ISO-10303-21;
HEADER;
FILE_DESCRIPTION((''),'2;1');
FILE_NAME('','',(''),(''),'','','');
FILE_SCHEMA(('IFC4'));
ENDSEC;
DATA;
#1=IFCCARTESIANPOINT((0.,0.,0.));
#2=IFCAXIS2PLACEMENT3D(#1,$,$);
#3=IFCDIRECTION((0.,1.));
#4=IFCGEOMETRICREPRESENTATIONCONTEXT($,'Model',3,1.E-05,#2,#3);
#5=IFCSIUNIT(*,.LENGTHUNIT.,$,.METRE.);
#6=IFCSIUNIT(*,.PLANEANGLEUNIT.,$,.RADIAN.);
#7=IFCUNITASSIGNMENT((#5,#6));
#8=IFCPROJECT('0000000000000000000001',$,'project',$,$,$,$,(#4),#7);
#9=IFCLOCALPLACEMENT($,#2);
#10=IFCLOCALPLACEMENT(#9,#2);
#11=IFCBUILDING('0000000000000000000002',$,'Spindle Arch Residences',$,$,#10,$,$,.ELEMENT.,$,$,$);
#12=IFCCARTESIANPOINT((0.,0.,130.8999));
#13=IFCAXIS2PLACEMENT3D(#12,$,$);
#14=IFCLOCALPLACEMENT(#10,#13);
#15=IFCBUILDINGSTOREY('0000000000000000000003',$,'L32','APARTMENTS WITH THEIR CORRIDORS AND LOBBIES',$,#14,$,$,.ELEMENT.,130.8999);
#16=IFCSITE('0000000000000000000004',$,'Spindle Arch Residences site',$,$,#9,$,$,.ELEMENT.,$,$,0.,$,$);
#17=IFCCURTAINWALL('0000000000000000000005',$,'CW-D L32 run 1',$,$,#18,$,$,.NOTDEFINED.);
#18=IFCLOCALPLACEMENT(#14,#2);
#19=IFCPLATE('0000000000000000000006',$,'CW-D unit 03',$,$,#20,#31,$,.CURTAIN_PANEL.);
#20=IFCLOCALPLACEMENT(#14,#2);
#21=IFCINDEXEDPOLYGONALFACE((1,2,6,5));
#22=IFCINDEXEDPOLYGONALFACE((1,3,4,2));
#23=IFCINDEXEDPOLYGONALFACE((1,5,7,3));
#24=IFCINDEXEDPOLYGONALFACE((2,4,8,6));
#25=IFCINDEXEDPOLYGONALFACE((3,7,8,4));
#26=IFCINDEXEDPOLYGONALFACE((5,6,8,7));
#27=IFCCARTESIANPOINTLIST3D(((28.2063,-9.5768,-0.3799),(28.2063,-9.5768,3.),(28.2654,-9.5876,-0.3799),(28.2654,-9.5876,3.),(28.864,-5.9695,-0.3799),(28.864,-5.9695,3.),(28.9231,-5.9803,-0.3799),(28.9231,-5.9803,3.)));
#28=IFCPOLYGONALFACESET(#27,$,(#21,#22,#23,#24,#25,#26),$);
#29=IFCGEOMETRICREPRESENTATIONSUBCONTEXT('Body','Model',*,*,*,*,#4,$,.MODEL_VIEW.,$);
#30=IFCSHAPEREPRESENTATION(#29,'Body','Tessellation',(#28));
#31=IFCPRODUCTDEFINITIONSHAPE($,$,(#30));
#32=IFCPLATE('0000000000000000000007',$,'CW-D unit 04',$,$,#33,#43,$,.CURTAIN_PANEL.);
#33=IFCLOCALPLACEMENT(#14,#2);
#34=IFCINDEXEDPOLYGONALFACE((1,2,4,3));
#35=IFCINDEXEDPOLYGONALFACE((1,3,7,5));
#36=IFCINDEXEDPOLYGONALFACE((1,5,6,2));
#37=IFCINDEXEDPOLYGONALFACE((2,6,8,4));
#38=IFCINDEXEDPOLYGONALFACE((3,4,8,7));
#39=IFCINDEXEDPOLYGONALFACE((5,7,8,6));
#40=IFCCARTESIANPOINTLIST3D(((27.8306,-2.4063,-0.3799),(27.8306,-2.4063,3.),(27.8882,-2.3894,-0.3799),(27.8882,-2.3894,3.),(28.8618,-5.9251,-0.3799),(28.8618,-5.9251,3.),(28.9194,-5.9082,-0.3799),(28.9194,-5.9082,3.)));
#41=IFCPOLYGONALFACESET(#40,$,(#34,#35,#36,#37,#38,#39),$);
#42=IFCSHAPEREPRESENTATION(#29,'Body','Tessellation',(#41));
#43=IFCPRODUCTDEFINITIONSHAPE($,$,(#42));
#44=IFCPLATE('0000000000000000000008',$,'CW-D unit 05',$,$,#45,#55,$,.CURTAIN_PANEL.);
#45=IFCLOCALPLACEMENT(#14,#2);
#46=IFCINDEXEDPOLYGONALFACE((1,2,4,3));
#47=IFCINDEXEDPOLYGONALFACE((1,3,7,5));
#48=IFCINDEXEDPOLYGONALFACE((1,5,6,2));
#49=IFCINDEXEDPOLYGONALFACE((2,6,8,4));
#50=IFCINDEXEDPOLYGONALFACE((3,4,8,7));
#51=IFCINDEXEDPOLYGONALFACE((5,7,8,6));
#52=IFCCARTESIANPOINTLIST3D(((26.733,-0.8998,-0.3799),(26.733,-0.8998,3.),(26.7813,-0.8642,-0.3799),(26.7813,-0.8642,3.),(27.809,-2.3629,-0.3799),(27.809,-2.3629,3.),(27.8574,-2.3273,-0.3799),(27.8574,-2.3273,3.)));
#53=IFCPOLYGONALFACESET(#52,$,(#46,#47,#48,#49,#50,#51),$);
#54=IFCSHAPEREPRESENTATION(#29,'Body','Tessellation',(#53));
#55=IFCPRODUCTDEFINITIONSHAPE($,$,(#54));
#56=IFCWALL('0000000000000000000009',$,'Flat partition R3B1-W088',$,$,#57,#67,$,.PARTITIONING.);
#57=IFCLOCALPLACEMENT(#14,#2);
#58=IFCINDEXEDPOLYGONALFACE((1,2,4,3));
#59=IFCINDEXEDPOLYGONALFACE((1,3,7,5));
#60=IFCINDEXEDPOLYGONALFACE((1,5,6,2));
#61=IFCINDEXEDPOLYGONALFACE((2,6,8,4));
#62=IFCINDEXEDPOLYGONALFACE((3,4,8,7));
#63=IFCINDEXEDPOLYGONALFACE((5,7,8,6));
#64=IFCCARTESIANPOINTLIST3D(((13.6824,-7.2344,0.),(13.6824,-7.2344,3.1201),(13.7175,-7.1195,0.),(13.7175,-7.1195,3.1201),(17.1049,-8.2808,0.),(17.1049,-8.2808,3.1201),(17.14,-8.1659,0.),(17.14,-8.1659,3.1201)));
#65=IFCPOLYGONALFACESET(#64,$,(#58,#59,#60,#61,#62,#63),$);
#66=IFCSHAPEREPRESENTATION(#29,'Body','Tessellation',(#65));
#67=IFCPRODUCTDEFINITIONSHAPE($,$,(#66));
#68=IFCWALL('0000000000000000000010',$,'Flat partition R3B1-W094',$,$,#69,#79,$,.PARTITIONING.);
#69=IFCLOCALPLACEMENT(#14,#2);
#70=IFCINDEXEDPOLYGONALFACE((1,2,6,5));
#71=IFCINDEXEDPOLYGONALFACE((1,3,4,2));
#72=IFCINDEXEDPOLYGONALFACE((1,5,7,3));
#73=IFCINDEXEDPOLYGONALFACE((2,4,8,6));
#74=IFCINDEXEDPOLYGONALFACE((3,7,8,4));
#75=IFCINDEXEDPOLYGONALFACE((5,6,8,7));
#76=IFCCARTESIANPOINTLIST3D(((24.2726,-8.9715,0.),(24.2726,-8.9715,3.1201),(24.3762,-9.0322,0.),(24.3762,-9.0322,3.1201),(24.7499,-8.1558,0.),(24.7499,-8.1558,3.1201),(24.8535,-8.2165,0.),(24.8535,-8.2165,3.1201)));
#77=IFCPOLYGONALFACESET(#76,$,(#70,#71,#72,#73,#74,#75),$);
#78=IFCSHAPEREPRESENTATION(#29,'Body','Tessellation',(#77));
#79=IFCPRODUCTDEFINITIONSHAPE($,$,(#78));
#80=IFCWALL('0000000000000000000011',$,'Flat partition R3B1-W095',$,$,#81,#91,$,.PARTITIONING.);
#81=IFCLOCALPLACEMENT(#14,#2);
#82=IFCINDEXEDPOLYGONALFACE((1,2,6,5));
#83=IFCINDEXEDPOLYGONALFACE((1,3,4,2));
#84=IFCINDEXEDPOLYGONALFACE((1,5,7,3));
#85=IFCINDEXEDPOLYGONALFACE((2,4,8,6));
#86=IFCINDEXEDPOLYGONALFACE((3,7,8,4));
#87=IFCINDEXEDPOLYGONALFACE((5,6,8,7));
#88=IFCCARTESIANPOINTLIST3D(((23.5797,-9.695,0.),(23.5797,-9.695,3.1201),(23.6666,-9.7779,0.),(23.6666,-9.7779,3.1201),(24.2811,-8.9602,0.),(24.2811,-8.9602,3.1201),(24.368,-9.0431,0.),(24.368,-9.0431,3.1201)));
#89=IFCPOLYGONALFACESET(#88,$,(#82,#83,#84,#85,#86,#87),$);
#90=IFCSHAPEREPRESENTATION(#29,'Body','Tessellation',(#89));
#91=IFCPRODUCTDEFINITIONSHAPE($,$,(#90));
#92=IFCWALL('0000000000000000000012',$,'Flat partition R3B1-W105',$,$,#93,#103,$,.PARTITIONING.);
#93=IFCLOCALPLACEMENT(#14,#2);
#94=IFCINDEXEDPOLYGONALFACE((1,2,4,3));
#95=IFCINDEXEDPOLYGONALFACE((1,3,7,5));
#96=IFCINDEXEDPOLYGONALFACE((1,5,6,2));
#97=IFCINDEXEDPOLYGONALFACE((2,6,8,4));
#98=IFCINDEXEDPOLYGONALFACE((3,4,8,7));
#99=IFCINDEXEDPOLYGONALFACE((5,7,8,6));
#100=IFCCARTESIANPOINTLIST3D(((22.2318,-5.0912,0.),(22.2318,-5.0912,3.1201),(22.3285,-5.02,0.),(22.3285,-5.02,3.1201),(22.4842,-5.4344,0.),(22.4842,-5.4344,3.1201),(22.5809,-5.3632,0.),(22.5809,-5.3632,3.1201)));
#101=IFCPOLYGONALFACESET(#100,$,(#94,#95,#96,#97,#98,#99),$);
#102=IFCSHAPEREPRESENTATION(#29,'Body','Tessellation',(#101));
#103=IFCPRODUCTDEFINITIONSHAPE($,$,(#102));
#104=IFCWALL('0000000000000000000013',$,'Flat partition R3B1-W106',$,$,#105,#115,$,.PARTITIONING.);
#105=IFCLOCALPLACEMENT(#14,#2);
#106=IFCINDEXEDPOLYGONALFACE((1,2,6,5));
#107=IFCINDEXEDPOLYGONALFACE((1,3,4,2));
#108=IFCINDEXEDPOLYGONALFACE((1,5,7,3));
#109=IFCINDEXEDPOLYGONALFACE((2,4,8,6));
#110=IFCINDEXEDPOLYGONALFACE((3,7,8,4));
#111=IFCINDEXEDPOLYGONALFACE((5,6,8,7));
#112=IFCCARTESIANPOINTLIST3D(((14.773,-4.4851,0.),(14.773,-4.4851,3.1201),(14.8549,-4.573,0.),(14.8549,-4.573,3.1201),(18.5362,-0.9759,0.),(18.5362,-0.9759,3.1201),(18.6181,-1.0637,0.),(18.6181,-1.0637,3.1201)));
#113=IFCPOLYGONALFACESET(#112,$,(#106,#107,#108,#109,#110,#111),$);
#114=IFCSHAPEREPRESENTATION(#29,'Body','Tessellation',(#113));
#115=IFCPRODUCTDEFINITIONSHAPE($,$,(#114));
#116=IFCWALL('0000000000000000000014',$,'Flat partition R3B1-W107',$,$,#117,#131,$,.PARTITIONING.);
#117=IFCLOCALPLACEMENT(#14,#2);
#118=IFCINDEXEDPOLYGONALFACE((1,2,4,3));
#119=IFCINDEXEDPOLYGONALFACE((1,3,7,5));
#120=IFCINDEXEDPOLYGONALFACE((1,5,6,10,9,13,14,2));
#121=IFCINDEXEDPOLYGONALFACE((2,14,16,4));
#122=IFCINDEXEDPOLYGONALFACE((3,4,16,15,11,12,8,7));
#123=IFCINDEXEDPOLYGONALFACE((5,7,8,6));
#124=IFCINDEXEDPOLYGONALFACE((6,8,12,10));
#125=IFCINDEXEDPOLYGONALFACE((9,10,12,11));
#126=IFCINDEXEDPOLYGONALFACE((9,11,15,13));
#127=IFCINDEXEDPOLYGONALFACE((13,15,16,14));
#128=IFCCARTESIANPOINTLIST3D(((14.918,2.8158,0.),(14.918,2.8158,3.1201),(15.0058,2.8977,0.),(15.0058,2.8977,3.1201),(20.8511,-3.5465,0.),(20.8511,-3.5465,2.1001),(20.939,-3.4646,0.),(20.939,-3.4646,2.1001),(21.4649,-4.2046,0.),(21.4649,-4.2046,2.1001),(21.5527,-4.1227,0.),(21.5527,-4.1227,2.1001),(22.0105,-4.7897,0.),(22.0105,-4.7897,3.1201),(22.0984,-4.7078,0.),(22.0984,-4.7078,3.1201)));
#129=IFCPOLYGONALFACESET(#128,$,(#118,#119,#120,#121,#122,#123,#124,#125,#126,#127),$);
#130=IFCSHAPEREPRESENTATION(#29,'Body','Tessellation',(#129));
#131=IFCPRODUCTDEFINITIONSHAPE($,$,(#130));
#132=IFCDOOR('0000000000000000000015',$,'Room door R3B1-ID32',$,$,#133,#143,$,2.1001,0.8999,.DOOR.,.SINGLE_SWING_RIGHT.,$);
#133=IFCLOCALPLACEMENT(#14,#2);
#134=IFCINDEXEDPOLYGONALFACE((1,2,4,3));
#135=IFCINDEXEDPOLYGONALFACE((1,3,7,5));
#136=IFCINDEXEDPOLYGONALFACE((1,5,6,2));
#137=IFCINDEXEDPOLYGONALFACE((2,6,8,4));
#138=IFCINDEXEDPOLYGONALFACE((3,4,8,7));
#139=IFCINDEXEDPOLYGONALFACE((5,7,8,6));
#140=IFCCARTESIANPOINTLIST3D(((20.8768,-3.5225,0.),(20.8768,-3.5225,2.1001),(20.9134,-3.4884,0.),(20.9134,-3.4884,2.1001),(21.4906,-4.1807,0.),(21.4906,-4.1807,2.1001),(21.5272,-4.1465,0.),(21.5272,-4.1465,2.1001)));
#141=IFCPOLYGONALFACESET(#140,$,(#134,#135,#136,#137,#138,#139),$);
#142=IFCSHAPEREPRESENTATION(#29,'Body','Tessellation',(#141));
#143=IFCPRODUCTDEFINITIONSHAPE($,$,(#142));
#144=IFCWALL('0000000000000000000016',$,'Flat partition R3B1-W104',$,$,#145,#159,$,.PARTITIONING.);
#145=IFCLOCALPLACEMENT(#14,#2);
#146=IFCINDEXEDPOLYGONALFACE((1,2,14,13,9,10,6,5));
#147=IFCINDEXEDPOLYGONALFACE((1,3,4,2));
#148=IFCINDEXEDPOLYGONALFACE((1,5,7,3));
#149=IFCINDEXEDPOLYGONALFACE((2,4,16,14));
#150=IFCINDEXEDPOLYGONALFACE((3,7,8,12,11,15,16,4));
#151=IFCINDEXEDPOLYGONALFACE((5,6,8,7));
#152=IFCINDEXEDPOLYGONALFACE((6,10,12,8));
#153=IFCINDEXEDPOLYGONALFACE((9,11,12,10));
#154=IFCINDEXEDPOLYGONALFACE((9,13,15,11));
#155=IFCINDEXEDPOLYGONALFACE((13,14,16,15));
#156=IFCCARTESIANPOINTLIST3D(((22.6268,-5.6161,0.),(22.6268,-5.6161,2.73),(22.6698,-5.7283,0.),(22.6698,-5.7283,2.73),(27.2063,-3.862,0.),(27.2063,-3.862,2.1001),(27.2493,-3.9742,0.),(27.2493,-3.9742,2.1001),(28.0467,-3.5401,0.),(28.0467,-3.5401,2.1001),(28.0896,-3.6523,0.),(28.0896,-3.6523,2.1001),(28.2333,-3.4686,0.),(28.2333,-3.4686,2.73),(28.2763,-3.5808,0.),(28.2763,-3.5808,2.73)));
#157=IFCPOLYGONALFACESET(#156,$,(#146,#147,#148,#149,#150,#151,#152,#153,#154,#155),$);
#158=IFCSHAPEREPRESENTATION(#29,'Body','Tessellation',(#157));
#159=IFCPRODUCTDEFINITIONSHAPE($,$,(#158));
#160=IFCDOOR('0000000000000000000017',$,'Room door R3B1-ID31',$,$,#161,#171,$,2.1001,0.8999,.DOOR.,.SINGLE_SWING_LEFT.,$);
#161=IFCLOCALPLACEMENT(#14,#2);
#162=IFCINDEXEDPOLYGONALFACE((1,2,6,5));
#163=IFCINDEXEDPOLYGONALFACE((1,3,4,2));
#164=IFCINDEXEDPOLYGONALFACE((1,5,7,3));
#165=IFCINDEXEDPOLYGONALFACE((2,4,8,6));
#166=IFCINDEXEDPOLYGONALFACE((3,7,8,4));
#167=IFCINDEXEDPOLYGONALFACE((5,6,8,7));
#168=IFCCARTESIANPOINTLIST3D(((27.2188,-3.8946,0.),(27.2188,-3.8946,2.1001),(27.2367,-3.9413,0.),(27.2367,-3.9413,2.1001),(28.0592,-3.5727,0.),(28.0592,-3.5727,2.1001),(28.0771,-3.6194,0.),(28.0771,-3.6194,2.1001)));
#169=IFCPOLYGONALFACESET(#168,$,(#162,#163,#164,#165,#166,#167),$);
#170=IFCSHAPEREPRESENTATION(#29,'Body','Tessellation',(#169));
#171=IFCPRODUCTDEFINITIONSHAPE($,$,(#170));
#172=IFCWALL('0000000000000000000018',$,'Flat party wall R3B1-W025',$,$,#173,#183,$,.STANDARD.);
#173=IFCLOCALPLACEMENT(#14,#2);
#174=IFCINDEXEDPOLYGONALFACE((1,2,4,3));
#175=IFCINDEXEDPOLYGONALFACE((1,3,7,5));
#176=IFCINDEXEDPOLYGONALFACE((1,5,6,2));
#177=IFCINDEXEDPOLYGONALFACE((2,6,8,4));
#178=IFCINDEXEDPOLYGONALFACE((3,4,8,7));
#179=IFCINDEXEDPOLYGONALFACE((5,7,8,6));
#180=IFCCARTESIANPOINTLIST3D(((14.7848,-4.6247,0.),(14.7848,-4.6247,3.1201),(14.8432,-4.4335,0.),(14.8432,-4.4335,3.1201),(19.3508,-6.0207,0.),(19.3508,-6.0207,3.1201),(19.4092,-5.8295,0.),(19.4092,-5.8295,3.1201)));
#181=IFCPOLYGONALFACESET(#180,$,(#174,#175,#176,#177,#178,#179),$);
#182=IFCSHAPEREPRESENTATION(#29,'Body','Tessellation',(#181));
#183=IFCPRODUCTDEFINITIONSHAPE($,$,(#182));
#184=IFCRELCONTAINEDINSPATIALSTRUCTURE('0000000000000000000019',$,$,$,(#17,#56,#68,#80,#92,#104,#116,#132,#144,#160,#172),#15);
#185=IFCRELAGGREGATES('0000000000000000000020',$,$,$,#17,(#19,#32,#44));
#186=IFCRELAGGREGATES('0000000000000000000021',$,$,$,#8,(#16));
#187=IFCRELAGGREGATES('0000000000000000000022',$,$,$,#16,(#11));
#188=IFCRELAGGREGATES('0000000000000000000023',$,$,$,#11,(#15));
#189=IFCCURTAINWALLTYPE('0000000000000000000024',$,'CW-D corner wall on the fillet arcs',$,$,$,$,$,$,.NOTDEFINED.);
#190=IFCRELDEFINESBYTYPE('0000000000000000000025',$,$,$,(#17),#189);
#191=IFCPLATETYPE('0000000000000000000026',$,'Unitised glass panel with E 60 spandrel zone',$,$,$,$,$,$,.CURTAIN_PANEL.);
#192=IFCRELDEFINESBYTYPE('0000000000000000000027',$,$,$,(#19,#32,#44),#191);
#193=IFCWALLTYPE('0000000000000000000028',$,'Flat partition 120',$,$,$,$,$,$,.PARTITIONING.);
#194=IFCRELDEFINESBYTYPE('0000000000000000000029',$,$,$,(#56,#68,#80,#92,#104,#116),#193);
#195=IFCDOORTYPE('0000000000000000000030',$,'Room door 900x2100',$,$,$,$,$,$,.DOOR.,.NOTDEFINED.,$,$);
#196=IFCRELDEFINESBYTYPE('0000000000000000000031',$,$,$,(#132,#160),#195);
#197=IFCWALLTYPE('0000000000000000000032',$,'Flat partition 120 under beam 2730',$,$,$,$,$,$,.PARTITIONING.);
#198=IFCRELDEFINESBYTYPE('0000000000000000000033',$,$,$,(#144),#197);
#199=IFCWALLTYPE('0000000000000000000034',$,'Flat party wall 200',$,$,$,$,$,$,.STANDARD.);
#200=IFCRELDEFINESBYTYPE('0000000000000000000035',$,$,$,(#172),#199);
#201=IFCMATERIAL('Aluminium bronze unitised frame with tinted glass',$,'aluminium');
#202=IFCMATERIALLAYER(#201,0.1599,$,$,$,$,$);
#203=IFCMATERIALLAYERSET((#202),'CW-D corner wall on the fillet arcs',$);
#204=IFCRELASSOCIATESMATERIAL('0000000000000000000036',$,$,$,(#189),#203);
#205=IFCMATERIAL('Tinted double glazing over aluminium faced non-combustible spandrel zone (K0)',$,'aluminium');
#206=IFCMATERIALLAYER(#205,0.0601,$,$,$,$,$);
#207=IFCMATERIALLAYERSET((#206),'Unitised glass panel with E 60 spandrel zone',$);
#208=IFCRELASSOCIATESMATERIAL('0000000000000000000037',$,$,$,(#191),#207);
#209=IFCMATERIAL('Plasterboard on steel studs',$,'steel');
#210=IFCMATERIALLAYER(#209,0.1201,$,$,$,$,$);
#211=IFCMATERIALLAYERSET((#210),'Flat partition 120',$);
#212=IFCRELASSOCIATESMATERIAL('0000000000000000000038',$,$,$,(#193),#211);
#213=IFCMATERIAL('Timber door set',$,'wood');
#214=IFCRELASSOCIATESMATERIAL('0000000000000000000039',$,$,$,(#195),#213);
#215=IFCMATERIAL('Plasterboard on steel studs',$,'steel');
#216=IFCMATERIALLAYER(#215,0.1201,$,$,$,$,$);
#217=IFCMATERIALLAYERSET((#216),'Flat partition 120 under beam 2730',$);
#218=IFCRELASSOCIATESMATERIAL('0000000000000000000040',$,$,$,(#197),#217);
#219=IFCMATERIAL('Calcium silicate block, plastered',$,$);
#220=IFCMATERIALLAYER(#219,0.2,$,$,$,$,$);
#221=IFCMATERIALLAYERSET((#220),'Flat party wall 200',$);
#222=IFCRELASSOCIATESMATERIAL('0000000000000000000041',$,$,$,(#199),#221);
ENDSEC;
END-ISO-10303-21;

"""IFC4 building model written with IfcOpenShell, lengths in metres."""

from ifc_helpers import new_model, si_unit, direction, frame, frame_2d, origin, origin_2d, place, context, subcontext, project, spatial, rectangle, extrude, material, layer, layer_set, type_object, element, fill, aggregate, save


model = new_model("IFC4")

# Units and contexts
model_context = context("Model", 3, precision=1e-05, world=origin(), true_north=direction((0.0, 1.0)))
body_context = subcontext(model_context, "Body", "Model", "MODEL_VIEW")
ifc_project = project(units=[si_unit("LENGTHUNIT", "METRE"), si_unit("PLANEANGLEUNIT", "RADIAN")], contexts=[model_context])

# Site, building, storey
site_placement = place(None, origin())
site = spatial("IfcSite", under=ifc_project, at=site_placement, Name="Spindle Arch Residences site", CompositionType="ELEMENT", RefElevation=0.0)
building_placement = place(site_placement, origin())
building = spatial("IfcBuilding", under=site, at=building_placement, Name="Spindle Arch Residences", CompositionType="ELEMENT")
storey_placement = place(building_placement, frame((0.0, 0.0, 130.8999)))
storey = spatial("IfcBuildingStorey", under=building, at=storey_placement, Name="L32", Description="APARTMENTS WITH THEIR CORRIDORS AND LOBBIES", CompositionType="ELEMENT", Elevation=130.8999)

# Curtain wall
ifc_material_1 = material(Name="Aluminium bronze unitised frame with tinted glass", Category="aluminium")
ifc_layer_1 = layer(ifc_material_1, 0.1599)
ifc_layer_set_1 = layer_set([ifc_layer_1], Name="CW-D corner wall on the fillet arcs")
curtain_wall_type = type_object("IfcCurtainWallType", Name="CW-D corner wall on the fillet arcs", PredefinedType="NOTDEFINED", material=ifc_layer_set_1)
curtain_wall_placement = place(storey_placement, origin())
curtain_wall = element("IfcCurtainWall", 1, at=curtain_wall_placement, inside=storey, type_object=curtain_wall_type, Name="CW-D L32 run 1", PredefinedType="NOTDEFINED")

# Plates
ifc_material_2 = material(Name="Tinted double glazing over aluminium faced non-combustible spandrel zone (K0)", Category="aluminium")
ifc_layer_2 = layer(ifc_material_2, 0.0601)
ifc_layer_set_2 = layer_set([ifc_layer_2], Name="Unitised glass panel with E 60 spandrel zone")
plate_type = type_object("IfcPlateType", Name="Unitised glass panel with E 60 spandrel zone", PredefinedType="CURTAIN_PANEL", material=ifc_layer_set_2)
plate_1_placement = place(storey_placement, frame((28.5647, -7.7786, -0.3799), z_axis=(0.0, 0.0, 1.0), x_axis=(0.179375, 0.983781, 0.0)))
plate_1 = element("IfcPlate", 2, at=plate_1_placement, type_object=plate_type, Name="CW-D unit 03", PredefinedType="CURTAIN_PANEL", context=body_context, shape_type="SweptSolid", body=[
    extrude(rectangle(XDim=3.6667, YDim=0.0601, at=origin_2d()), origin(), (0.0, 0.0, 1.0), 3.3799),
])
plate_2_placement = place(storey_placement, frame((28.375, -4.1572, -0.3799), z_axis=(0.0, 0.0, 1.0), x_axis=(-0.281225, 0.959642, 0.0)))
plate_2 = element("IfcPlate", 3, at=plate_2_placement, type_object=plate_type, Name="CW-D unit 04", PredefinedType="CURTAIN_PANEL", context=body_context, shape_type="SweptSolid", body=[
    extrude(rectangle(XDim=3.6667, YDim=0.0601, at=origin_2d()), origin(), (0.0, 0.0, 1.0), 3.3799),
])
plate_3_placement = place(storey_placement, frame((27.2952, -1.6135, -0.3799), z_axis=(0.0, 0.0, 1.0), x_axis=(-0.592482, 0.805584, 0.0)))
plate_3 = element("IfcPlate", 4, at=plate_3_placement, type_object=plate_type, Name="CW-D unit 05", PredefinedType="CURTAIN_PANEL", context=body_context, shape_type="SweptSolid", body=[
    extrude(rectangle(XDim=1.8162, YDim=0.0601, at=origin_2d()), origin(), (0.0, 0.0, 1.0), 3.3799),
])
aggregate(curtain_wall, [plate_1, plate_2, plate_3])

# Walls
ifc_material_3 = material(Name="Plasterboard on steel studs", Category="steel")
ifc_layer_3 = layer(ifc_material_3, 0.1201)
ifc_layer_set_3 = layer_set([ifc_layer_3], Name="Flat partition 120")
wall_type_1 = type_object("IfcWallType", Name="Flat partition 120", PredefinedType="PARTITIONING", material=ifc_layer_set_3)
wall_1_placement = place(storey_placement, frame((17.1226, -8.2234, 0.0), z_axis=(0.0, 0.0, 1.0), x_axis=(-0.9563, 0.292388, 0.0)))
element("IfcWall", 5, at=wall_1_placement, inside=storey, type_object=wall_type_1, Name="Flat partition R3B1-W088", PredefinedType="PARTITIONING", context=body_context, shape_type="SweptSolid", body=[
    extrude(rectangle(XDim=3.5789, YDim=0.1201, at=frame_2d((1.7896, 0.0))), origin(), (0.0, 0.0, 1.0), 3.1201),
])
wall_2_placement = place(storey_placement, frame((24.8018, -8.186, 0.0), z_axis=(0.0, 0.0, 1.0), x_axis=(-0.505043, -0.863094, 0.0)))
element("IfcWall", 6, at=wall_2_placement, inside=storey, type_object=wall_type_1, Name="Flat partition R3B1-W094", PredefinedType="PARTITIONING", context=body_context, shape_type="SweptSolid", body=[
    extrude(rectangle(XDim=0.9451, YDim=0.1201, at=frame_2d((0.4727, 0.0))), origin(), (0.0, 0.0, 1.0), 3.1201),
])
wall_3_placement = place(storey_placement, frame((24.3245, -9.0017, 0.0), z_axis=(0.0, 0.0, 1.0), x_axis=(-0.690453, -0.723377, 0.0)))
element("IfcWall", 7, at=wall_3_placement, inside=storey, type_object=wall_type_1, Name="Flat partition R3B1-W095", PredefinedType="PARTITIONING", context=body_context, shape_type="SweptSolid", body=[
    extrude(rectangle(XDim=1.0159, YDim=0.1201, at=frame_2d((0.5078, 0.0))), origin(), (0.0, 0.0, 1.0), 3.1201),
])
wall_4_placement = place(storey_placement, frame((22.5325, -5.3987, 0.0), z_axis=(0.0, 0.0, 1.0), x_axis=(-0.592456, 0.805603, 0.0)))
element("IfcWall", 8, at=wall_4_placement, inside=storey, type_object=wall_type_1, Name="Flat partition R3B1-W105", PredefinedType="PARTITIONING", context=body_context, shape_type="SweptSolid", body=[
    extrude(rectangle(XDim=0.426, YDim=0.1201, at=frame_2d((0.2129, 0.0))), origin(), (0.0, 0.0, 1.0), 3.1201),
])
wall_5_placement = place(storey_placement, frame((18.5771, -1.0198, 0.0), z_axis=(0.0, 0.0, 1.0), x_axis=(-0.731349, -0.682004, 0.0)))
element("IfcWall", 9, at=wall_5_placement, inside=storey, type_object=wall_type_1, Name="Flat partition R3B1-W106", PredefinedType="PARTITIONING", context=body_context, shape_type="SweptSolid", body=[
    extrude(rectangle(XDim=5.1455, YDim=0.1201, at=frame_2d((2.5728, 0.0))), origin(), (0.0, 0.0, 1.0), 3.1201),
])

# Walls, openings, doors
wall_6_placement = place(storey_placement, frame((22.0544, -4.7488, 0.0), z_axis=(0.0, 0.0, 1.0), x_axis=(-0.682015, 0.731339, 0.0)))
wall_6 = element("IfcWall", 10, at=wall_6_placement, inside=storey, type_object=wall_type_1, Name="Flat partition R3B1-W107", PredefinedType="PARTITIONING", context=body_context, shape_type="SweptSolid", body=[
    extrude(rectangle(XDim=10.3994, YDim=0.1201, at=frame_2d((5.1997, 0.0))), origin(), (0.0, 0.0, 1.0), 3.1201),
])
opening_1_placement = place(wall_6_placement, frame((0.8, 0.0, 0.0)))
opening_1 = element("IfcOpeningElement", 11, at=opening_1_placement, cuts=wall_6, PredefinedType="OPENING", context=body_context, shape_type="SweptSolid", body=[
    extrude(rectangle(XDim=0.8999, YDim=2.1001, at=frame_2d((0.45, 1.05))), frame((0.0, 0.0701, 0.0), z_axis=(0.0, -1.0, 0.0), x_axis=(1.0, 0.0, 0.0)), (0.0, 0.0, 1.0), 0.1401),
])
ifc_material_4 = material(Name="Timber door set", Category="wood")
door_type = type_object("IfcDoorType", Name="Room door 900x2100", OperationType="NOTDEFINED", PredefinedType="DOOR", material=ifc_material_4)
door_1_placement = place(opening_1_placement, origin())
door_1 = element("IfcDoor", 12, at=door_1_placement, inside=storey, type_object=door_type, Name="Room door R3B1-ID32", OperationType="SINGLE_SWING_RIGHT", OverallHeight=2.1001, OverallWidth=0.8999, PredefinedType="DOOR", context=body_context, shape_type="SweptSolid", body=[
    extrude(rectangle(XDim=0.8999, YDim=2.1001, at=frame_2d((0.45, 1.05))), frame((0.0, 0.0249, 0.0), z_axis=(0.0, -1.0, 0.0), x_axis=(1.0, 0.0, 0.0)), (0.0, 0.0, 1.0), 0.05),
])
fill(opening_1, door_1)
ifc_material_5 = material(Name="Plasterboard on steel studs", Category="steel")
ifc_layer_4 = layer(ifc_material_5, 0.1201)
ifc_layer_set_4 = layer_set([ifc_layer_4], Name="Flat partition 120 under beam 2730")
wall_type_2 = type_object("IfcWallType", Name="Flat partition 120 under beam 2730", PredefinedType="PARTITIONING", material=ifc_layer_set_4)
wall_7_placement = place(storey_placement, frame((28.2549, -3.5247, 0.0), z_axis=(0.0, 0.0, 1.0), x_axis=(-0.933839, -0.357693, 0.0)))
wall_7 = element("IfcWall", 13, at=wall_7_placement, inside=storey, type_object=wall_type_2, Name="Flat partition R3B1-W104", PredefinedType="PARTITIONING", context=body_context, shape_type="SweptSolid", body=[
    extrude(rectangle(XDim=6.0037, YDim=0.1201, at=frame_2d((3.002, 0.0))), origin(), (0.0, 0.0, 1.0), 2.73),
])
opening_2_placement = place(wall_7_placement, frame((0.2, 0.0, 0.0)))
opening_2 = element("IfcOpeningElement", 14, at=opening_2_placement, cuts=wall_7, PredefinedType="OPENING", context=body_context, shape_type="SweptSolid", body=[
    extrude(rectangle(XDim=0.8999, YDim=2.1001, at=frame_2d((0.45, 1.05))), frame((0.0, 0.0701, 0.0), z_axis=(0.0, -1.0, 0.0), x_axis=(1.0, 0.0, 0.0)), (0.0, 0.0, 1.0), 0.1401),
])
door_2_placement = place(opening_2_placement, origin())
door_2 = element("IfcDoor", 15, at=door_2_placement, inside=storey, type_object=door_type, Name="Room door R3B1-ID31", OperationType="SINGLE_SWING_LEFT", OverallHeight=2.1001, OverallWidth=0.8999, PredefinedType="DOOR", context=body_context, shape_type="SweptSolid", body=[
    extrude(rectangle(XDim=0.8999, YDim=2.1001, at=frame_2d((0.45, 1.05))), frame((0.0, 0.0249, 0.0), z_axis=(0.0, -1.0, 0.0), x_axis=(1.0, 0.0, 0.0)), (0.0, 0.0, 1.0), 0.05),
])
fill(opening_2, door_2)

# Wall
ifc_material_6 = material(Name="Calcium silicate block, plastered")
ifc_layer_5 = layer(ifc_material_6, 0.2)
ifc_layer_set_5 = layer_set([ifc_layer_5], Name="Flat party wall 200")
wall_type_3 = type_object("IfcWallType", Name="Flat party wall 200", PredefinedType="STANDARD", material=ifc_layer_set_5)
wall_8_placement = place(storey_placement, frame((19.3799, -5.925, 0.0), z_axis=(0.0, 0.0, 1.0), x_axis=(-0.956302, 0.292382, 0.0)))
element("IfcWall", 16, at=wall_8_placement, inside=storey, type_object=wall_type_3, Name="Flat party wall R3B1-W025", PredefinedType="STANDARD", context=body_context, shape_type="SweptSolid", body=[
    extrude(rectangle(XDim=4.7747, YDim=0.2, at=frame_2d((2.3872, 0.0))), origin(), (0.0, 0.0, 1.0), 3.1201),
])

save(model, "model.ifc")
